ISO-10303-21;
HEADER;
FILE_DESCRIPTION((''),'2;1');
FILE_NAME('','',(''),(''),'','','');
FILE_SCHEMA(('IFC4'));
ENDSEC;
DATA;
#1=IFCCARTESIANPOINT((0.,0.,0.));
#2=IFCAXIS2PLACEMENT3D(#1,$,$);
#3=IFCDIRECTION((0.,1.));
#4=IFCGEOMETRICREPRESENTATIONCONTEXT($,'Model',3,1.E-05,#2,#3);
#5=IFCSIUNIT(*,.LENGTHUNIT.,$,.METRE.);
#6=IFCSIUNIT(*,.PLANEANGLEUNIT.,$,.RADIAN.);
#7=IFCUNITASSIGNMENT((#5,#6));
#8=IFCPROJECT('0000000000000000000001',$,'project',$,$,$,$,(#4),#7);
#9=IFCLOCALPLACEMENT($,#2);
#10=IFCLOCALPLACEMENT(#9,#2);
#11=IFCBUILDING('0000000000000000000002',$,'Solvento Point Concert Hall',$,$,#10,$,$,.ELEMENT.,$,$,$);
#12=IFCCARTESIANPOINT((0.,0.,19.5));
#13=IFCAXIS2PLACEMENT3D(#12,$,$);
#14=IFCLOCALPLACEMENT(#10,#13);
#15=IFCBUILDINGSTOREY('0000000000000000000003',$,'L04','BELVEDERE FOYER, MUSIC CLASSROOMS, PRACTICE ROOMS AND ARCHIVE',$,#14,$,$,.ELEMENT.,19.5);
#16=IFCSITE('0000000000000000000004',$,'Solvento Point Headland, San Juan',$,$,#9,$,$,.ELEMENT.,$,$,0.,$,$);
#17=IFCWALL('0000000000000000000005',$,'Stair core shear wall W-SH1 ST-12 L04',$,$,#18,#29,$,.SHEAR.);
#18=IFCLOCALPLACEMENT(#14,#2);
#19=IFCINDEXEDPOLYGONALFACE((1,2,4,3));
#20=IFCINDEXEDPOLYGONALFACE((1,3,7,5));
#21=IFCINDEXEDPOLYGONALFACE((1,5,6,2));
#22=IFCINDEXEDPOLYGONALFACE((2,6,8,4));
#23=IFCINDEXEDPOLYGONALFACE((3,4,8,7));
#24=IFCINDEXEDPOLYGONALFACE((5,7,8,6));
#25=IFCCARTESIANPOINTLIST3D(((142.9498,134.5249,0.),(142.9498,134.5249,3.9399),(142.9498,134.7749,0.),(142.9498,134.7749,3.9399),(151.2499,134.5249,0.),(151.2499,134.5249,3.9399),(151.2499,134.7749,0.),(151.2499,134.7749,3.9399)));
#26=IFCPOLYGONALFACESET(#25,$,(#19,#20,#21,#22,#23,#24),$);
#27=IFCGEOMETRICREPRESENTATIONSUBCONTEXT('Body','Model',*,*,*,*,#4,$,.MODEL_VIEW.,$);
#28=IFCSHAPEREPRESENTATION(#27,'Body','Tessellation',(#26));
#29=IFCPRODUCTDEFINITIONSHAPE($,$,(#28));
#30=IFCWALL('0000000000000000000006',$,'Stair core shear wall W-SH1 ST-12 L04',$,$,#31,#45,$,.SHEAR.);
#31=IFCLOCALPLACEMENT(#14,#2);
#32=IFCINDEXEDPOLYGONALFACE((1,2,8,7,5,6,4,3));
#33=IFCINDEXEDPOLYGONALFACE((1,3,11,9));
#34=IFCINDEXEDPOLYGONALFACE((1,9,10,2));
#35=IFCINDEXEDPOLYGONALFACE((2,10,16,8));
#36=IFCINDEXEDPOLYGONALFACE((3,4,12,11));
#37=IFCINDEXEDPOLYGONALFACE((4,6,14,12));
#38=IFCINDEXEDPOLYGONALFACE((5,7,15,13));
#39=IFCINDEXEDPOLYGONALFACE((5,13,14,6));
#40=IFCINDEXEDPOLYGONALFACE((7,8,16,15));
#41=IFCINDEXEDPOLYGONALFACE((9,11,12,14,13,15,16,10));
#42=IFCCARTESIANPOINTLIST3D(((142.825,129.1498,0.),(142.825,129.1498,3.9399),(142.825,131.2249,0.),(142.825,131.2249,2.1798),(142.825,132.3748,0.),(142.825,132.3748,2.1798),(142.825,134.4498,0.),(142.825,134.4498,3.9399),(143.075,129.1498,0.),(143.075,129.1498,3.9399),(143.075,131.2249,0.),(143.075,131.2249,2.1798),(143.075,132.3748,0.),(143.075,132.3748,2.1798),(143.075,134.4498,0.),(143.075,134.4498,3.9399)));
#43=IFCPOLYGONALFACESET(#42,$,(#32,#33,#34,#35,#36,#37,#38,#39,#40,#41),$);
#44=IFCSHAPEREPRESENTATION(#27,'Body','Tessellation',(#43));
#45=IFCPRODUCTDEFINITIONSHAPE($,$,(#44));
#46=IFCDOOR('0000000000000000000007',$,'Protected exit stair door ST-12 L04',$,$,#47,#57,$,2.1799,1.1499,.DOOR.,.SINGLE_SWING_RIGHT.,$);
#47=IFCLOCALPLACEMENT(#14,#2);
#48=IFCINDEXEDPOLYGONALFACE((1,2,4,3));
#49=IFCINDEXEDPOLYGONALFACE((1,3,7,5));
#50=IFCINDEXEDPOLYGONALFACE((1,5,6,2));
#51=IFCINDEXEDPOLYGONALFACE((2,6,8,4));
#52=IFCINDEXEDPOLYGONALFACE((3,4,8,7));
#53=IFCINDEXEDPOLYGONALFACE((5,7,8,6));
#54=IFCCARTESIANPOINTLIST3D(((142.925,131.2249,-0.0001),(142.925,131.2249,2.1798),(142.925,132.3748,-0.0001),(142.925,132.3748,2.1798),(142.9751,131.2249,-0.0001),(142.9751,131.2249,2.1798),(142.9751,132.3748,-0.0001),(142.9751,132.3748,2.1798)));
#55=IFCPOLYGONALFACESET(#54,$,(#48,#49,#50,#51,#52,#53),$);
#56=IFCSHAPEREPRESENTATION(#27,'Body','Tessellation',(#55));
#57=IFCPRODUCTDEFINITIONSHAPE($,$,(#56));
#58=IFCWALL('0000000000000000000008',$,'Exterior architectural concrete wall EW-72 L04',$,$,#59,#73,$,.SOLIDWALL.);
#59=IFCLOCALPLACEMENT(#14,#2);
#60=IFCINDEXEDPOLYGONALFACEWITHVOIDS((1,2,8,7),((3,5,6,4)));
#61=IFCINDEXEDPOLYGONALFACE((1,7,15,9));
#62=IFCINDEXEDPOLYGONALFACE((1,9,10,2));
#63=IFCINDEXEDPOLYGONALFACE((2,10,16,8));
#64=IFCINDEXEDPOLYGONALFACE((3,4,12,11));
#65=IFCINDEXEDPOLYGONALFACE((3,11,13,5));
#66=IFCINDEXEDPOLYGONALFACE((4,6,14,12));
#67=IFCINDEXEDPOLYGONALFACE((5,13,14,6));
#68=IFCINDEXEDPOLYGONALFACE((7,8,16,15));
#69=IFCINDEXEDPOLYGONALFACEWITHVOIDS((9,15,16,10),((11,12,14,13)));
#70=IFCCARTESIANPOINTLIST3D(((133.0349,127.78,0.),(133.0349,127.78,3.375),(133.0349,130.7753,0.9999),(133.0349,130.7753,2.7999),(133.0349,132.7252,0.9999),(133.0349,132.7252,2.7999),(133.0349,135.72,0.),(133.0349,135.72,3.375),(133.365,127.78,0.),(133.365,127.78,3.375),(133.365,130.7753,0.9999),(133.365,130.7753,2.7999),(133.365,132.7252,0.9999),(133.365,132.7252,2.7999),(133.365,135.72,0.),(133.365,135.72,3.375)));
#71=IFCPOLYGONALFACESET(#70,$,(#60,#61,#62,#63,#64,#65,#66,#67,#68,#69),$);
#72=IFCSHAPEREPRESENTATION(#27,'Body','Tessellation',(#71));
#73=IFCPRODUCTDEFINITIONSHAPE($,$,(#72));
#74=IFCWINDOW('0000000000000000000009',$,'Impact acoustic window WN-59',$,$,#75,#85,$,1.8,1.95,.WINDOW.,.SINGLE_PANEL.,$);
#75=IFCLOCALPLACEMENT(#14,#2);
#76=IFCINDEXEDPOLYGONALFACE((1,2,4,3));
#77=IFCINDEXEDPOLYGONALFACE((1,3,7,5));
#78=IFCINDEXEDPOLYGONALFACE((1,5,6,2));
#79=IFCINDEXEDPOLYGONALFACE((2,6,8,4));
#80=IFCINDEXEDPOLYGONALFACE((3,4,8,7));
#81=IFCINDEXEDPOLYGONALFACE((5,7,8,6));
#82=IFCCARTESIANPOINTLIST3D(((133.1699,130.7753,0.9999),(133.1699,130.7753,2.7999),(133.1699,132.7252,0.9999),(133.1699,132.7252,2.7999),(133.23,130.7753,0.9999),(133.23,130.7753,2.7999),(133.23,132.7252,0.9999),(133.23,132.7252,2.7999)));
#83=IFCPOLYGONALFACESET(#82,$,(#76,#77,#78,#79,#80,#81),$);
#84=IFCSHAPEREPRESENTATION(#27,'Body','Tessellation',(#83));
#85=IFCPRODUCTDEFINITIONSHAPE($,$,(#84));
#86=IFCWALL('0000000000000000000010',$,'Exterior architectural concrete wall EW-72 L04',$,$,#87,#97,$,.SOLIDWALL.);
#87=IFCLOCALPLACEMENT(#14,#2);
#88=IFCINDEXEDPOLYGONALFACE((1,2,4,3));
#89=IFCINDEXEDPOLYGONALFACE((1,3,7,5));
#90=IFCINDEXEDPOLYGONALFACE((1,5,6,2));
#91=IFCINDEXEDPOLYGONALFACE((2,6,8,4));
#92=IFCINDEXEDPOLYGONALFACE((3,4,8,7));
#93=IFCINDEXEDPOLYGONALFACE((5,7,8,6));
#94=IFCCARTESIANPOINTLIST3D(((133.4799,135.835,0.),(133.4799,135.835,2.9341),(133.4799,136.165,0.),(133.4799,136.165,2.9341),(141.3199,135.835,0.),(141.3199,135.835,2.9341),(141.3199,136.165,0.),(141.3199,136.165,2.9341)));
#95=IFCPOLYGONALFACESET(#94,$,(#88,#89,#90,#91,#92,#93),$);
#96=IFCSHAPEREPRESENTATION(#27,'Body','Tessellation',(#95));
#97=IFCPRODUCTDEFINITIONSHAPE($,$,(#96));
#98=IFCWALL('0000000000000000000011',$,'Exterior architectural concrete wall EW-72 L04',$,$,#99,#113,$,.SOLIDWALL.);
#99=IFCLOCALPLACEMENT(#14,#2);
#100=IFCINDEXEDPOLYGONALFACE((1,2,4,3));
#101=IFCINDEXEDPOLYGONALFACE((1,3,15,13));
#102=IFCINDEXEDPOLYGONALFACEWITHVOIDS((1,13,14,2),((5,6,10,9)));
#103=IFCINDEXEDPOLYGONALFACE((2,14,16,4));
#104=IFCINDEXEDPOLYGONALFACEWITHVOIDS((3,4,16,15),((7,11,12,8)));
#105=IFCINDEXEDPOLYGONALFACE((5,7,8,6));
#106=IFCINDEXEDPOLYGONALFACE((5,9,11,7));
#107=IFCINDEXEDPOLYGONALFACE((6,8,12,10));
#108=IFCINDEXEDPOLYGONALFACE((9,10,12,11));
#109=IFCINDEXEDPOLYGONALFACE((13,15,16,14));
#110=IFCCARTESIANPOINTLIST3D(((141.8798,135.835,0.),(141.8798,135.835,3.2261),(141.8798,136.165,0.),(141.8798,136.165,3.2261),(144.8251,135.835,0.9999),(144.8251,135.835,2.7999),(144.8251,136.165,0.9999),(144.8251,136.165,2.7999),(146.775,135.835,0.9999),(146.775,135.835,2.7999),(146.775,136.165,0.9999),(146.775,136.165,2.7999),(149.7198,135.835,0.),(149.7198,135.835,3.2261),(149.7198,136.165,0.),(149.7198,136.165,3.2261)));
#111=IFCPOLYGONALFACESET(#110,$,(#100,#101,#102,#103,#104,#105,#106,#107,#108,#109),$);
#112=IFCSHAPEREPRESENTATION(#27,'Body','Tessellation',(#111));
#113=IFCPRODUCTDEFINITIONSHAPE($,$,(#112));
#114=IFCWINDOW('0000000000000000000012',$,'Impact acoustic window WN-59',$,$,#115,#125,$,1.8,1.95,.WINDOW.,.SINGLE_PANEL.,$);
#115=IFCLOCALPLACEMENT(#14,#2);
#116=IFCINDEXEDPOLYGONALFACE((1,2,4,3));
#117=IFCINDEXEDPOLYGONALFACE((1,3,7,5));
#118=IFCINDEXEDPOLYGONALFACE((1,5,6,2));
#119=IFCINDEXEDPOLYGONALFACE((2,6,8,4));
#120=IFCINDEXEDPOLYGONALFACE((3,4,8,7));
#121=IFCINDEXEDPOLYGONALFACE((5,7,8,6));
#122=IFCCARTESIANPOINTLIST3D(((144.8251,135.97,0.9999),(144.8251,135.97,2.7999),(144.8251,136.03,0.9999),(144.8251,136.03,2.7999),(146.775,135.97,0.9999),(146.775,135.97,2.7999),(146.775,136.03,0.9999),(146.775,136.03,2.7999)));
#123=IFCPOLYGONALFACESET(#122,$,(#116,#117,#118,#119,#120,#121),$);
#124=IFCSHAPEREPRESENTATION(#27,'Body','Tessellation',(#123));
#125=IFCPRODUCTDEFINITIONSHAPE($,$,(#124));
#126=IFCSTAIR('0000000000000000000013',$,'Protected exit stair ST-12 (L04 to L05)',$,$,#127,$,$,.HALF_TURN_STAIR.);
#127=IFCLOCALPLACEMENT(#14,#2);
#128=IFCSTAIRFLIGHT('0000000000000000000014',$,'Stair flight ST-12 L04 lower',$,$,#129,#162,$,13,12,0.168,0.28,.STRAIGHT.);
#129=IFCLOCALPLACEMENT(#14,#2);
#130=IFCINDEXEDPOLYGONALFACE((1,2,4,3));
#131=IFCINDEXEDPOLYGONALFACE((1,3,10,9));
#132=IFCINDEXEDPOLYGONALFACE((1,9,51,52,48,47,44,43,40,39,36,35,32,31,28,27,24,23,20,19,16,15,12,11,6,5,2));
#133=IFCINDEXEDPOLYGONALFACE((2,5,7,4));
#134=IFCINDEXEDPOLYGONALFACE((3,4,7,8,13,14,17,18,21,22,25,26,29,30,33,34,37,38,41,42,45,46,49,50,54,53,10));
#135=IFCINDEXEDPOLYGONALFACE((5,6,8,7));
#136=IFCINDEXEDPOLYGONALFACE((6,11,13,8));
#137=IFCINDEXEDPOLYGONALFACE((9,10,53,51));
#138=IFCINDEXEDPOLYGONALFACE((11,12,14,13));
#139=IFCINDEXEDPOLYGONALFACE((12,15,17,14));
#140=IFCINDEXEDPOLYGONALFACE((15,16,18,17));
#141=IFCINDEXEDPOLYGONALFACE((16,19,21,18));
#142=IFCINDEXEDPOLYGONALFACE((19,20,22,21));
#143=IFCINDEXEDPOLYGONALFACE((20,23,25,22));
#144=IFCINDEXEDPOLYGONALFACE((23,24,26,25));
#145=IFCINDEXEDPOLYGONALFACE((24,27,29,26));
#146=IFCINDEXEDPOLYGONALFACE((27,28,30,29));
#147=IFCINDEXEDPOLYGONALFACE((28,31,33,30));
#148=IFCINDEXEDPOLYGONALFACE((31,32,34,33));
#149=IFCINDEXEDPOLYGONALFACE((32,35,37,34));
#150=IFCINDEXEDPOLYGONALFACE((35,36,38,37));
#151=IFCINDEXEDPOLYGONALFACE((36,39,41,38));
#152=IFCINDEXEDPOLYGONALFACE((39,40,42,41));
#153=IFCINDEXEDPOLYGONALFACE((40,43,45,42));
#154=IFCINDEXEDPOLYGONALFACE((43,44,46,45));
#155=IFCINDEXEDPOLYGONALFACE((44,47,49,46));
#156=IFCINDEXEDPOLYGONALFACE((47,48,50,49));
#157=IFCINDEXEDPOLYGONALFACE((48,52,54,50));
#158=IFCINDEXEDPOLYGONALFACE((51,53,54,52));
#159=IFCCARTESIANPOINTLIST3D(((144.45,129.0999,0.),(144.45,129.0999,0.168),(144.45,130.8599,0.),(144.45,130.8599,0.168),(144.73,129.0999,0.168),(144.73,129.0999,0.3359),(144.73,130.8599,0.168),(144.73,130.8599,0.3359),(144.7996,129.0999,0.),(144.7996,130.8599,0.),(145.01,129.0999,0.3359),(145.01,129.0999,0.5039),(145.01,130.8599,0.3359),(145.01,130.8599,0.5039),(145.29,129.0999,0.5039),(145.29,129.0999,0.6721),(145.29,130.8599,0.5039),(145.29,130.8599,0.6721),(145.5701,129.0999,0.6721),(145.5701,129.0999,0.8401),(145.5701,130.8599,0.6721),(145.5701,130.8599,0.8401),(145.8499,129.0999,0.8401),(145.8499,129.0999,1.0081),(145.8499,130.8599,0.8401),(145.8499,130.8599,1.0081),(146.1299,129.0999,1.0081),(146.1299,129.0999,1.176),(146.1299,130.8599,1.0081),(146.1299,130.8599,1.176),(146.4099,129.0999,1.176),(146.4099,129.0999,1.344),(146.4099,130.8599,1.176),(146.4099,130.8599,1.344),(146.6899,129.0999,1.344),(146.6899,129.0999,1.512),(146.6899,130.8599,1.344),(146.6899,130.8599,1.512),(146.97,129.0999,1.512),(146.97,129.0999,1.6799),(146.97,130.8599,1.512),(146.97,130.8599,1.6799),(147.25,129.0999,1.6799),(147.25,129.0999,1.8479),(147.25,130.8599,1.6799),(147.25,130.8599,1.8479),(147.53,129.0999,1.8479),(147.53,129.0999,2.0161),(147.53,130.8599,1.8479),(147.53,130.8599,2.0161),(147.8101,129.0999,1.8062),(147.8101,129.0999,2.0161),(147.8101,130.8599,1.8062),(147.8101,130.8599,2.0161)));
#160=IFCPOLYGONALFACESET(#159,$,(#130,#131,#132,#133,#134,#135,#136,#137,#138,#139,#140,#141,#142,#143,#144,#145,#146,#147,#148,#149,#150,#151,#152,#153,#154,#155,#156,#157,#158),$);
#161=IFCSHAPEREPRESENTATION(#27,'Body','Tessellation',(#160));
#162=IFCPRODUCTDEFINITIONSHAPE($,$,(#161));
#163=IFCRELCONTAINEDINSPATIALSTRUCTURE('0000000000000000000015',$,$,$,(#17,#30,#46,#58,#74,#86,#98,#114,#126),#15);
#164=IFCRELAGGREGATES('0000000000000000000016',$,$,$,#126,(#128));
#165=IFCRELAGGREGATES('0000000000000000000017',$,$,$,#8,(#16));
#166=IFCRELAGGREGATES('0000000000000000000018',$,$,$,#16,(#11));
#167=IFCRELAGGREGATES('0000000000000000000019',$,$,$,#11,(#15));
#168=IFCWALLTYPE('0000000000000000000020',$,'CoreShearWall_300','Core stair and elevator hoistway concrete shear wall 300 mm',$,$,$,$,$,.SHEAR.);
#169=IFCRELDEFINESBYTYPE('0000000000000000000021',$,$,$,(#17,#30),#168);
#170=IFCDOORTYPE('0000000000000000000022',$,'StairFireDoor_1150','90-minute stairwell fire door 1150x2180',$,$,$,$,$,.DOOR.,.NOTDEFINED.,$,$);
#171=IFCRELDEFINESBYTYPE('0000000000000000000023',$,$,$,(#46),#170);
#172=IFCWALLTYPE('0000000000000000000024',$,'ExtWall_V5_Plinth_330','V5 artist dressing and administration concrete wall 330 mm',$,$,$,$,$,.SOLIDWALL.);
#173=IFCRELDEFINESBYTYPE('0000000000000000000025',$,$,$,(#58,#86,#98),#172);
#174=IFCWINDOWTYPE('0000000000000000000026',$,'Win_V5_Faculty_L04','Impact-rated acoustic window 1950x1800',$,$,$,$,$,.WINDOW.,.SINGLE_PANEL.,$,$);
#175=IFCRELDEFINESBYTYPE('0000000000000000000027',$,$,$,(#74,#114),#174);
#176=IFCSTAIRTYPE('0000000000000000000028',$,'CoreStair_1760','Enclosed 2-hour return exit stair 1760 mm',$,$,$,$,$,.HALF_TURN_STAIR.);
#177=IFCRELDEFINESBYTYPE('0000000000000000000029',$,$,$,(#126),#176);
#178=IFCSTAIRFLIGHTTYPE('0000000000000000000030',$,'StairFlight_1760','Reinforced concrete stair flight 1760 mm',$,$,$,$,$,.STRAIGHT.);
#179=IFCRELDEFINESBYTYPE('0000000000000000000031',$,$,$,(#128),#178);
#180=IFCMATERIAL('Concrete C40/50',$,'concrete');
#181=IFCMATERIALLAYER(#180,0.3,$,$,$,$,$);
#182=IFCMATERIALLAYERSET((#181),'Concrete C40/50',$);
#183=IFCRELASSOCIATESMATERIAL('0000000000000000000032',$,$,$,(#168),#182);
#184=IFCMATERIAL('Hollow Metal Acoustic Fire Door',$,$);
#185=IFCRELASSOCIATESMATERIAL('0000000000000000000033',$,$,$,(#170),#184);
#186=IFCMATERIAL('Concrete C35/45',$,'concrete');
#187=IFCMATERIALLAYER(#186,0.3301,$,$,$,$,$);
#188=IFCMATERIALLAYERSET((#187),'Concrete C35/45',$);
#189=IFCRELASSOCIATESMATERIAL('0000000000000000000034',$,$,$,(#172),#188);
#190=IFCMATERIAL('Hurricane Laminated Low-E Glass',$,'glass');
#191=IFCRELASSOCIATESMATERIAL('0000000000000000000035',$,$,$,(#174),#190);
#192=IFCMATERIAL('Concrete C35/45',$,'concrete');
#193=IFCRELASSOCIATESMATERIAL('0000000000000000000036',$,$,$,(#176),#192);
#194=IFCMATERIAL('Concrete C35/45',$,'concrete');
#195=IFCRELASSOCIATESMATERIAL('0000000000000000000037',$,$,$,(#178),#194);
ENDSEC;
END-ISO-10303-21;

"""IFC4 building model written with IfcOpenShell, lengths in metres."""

from ifc_helpers import new_model, si_unit, direction, frame, frame_2d, origin, place, context, subcontext, project, spatial, polyline, rectangle, outline, extrude, material, layer, layer_set, type_object, element, fill, aggregate, save


model = new_model("IFC4")

# Units and contexts
model_context = context("Model", 3, precision=1e-05, world=origin(), true_north=direction((0.0, 1.0)))
body_context = subcontext(model_context, "Body", "Model", "MODEL_VIEW")
ifc_project = project(units=[si_unit("LENGTHUNIT", "METRE"), si_unit("PLANEANGLEUNIT", "RADIAN")], contexts=[model_context])

# Site, building, storey
site_placement = place(None, origin())
site = spatial("IfcSite", under=ifc_project, at=site_placement, Name="Solvento Point Headland, San Juan", CompositionType="ELEMENT", RefElevation=0.0)
building_placement = place(site_placement, origin())
building = spatial("IfcBuilding", under=site, at=building_placement, Name="Solvento Point Concert Hall", CompositionType="ELEMENT")
storey_placement = place(building_placement, frame((0.0, 0.0, 19.5)))
storey = spatial("IfcBuildingStorey", under=building, at=storey_placement, Name="L04", Description="BELVEDERE FOYER, MUSIC CLASSROOMS, PRACTICE ROOMS AND ARCHIVE", CompositionType="ELEMENT", Elevation=19.5)

# Wall
ifc_material_1 = material(Name="Concrete C40/50", Category="concrete")
ifc_layer_1 = layer(ifc_material_1, 0.3)
ifc_layer_set_1 = layer_set([ifc_layer_1], Name="Concrete C40/50")
wall_type_1 = type_object("IfcWallType", Name="CoreShearWall_300", Description="Core stair and elevator hoistway concrete shear wall 300 mm", PredefinedType="SHEAR", material=ifc_layer_set_1)
wall_1_placement = place(storey_placement, frame((142.95, 134.6499, 0.0), z_axis=(0.0, 0.0, 1.0), x_axis=(1.0, 0.0, 0.0)))
element("IfcWall", 1, at=wall_1_placement, inside=storey, type_object=wall_type_1, Name="Stair core shear wall W-SH1 ST-12 L04", PredefinedType="SHEAR", context=body_context, shape_type="SweptSolid", body=[
    extrude(rectangle(XDim=8.3, YDim=0.25, at=frame_2d((4.1499, 0.0))), origin(), (0.0, 0.0, 1.0), 3.9399),
])

# Wall, opening, door
wall_2_placement = place(storey_placement, frame((142.95, 129.1499, 0.0), z_axis=(0.0, 0.0, 1.0), x_axis=(0.0, 1.0, 0.0)))
wall_2 = element("IfcWall", 2, at=wall_2_placement, inside=storey, type_object=wall_type_1, Name="Stair core shear wall W-SH1 ST-12 L04", PredefinedType="SHEAR", context=body_context, shape_type="SweptSolid", body=[
    extrude(rectangle(XDim=5.3, YDim=0.25, at=frame_2d((2.6499, 0.0))), origin(), (0.0, 0.0, 1.0), 3.9399),
])
opening_1_placement = place(wall_2_placement, frame((2.075, 0.0, 0.0)))
opening_1 = element("IfcOpeningElement", 3, at=opening_1_placement, cuts=wall_2, PredefinedType="OPENING", context=body_context, shape_type="SweptSolid", body=[
    extrude(rectangle(XDim=1.1499, YDim=2.1799, at=frame_2d((0.575, 1.0898))), frame((0.0, 0.135, 0.0), z_axis=(0.0, -1.0, 0.0), x_axis=(1.0, 0.0, 0.0)), (0.0, 0.0, 1.0), 0.27),
])
ifc_material_2 = material(Name="Hollow Metal Acoustic Fire Door")
door_type_1 = type_object("IfcDoorType", Name="StairFireDoor_1150", Description="90-minute stairwell fire door 1150x2180", OperationType="NOTDEFINED", PredefinedType="DOOR", material=ifc_material_2)
door_1_placement = place(opening_1_placement, origin())
door_1 = element("IfcDoor", 4, at=door_1_placement, inside=storey, type_object=door_type_1, Name="Protected exit stair door ST-12 L04", OperationType="SINGLE_SWING_RIGHT", OverallHeight=2.1799, OverallWidth=1.1499, PredefinedType="DOOR", context=body_context, shape_type="SweptSolid", body=[
    extrude(rectangle(XDim=1.1499, YDim=2.1799, at=frame_2d((0.575, 1.0898))), frame((0.0, 0.0249, 0.0), z_axis=(0.0, -1.0, 0.0), x_axis=(1.0, 0.0, 0.0)), (0.0, 0.0, 1.0), 0.05),
])
fill(opening_1, door_1)

# Wall, opening, window
ifc_material_3 = material(Name="Concrete C35/45", Category="concrete")
ifc_layer_2 = layer(ifc_material_3, 0.3301)
ifc_layer_set_2 = layer_set([ifc_layer_2], Name="Concrete C35/45")
wall_type_2 = type_object("IfcWallType", Name="ExtWall_V5_Plinth_330", Description="V5 artist dressing and administration concrete wall 330 mm", PredefinedType="SOLIDWALL", material=ifc_layer_set_2)
wall_3_placement = place(storey_placement, frame((133.2, 127.78, 0.0), z_axis=(0.0, 0.0, 1.0), x_axis=(0.0, 1.0, 0.0)))
wall_3 = element("IfcWall", 5, at=wall_3_placement, inside=storey, type_object=wall_type_2, Name="Exterior architectural concrete wall EW-72 L04", PredefinedType="SOLIDWALL", context=body_context, shape_type="SweptSolid", body=[
    extrude(rectangle(XDim=7.9399, YDim=0.3301, at=frame_2d((3.97, 0.0))), origin(), (0.0, 0.0, 1.0), 3.375),
])
opening_2_placement = place(wall_3_placement, frame((2.9951, 0.0, 1.0)))
opening_2 = element("IfcOpeningElement", 6, at=opening_2_placement, cuts=wall_3, PredefinedType="OPENING", context=body_context, shape_type="SweptSolid", body=[
    extrude(rectangle(XDim=1.95, YDim=1.8, at=frame_2d((0.9751, 0.8999))), frame((0.0, 0.175, 0.0), z_axis=(0.0, -1.0, 0.0), x_axis=(1.0, 0.0, 0.0)), (0.0, 0.0, 1.0), 0.3501),
])
ifc_material_4 = material(Name="Hurricane Laminated Low-E Glass", Category="glass")
window_type = type_object("IfcWindowType", Name="Win_V5_Faculty_L04", Description="Impact-rated acoustic window 1950x1800", PartitioningType="SINGLE_PANEL", PredefinedType="WINDOW", material=ifc_material_4)
window_1_placement = place(opening_2_placement, origin())
window_1 = element("IfcWindow", 7, at=window_1_placement, inside=storey, type_object=window_type, Name="Impact acoustic window WN-59", OverallHeight=1.8, OverallWidth=1.95, PartitioningType="SINGLE_PANEL", PredefinedType="WINDOW", context=body_context, shape_type="SweptSolid", body=[
    extrude(rectangle(XDim=1.95, YDim=1.8, at=frame_2d((0.9751, 0.8999))), frame((0.0, 0.03, 0.0), z_axis=(0.0, -1.0, 0.0), x_axis=(1.0, 0.0, 0.0)), (0.0, 0.0, 1.0), 0.0601),
])
fill(opening_2, window_1)

# Wall
wall_4_placement = place(storey_placement, frame((133.48, 136.0, 0.0), z_axis=(0.0, 0.0, 1.0), x_axis=(1.0, 0.0, 0.0)))
element("IfcWall", 8, at=wall_4_placement, inside=storey, type_object=wall_type_2, Name="Exterior architectural concrete wall EW-72 L04", PredefinedType="SOLIDWALL", context=body_context, shape_type="SweptSolid", body=[
    extrude(rectangle(XDim=7.8401, YDim=0.3301, at=frame_2d((3.9199, 0.0))), origin(), (0.0, 0.0, 1.0), 2.9341),
])

# Wall, opening, window
wall_5_placement = place(storey_placement, frame((141.8799, 136.0, 0.0), z_axis=(0.0, 0.0, 1.0), x_axis=(1.0, 0.0, 0.0)))
wall_5 = element("IfcWall", 9, at=wall_5_placement, inside=storey, type_object=wall_type_2, Name="Exterior architectural concrete wall EW-72 L04", PredefinedType="SOLIDWALL", context=body_context, shape_type="SweptSolid", body=[
    extrude(rectangle(XDim=7.8401, YDim=0.3301, at=frame_2d((3.9199, 0.0))), origin(), (0.0, 0.0, 1.0), 3.2261),
])
opening_3_placement = place(wall_5_placement, frame((2.9451, 0.0, 1.0)))
opening_3 = element("IfcOpeningElement", 10, at=opening_3_placement, cuts=wall_5, PredefinedType="OPENING", context=body_context, shape_type="SweptSolid", body=[
    extrude(rectangle(XDim=1.95, YDim=1.8, at=frame_2d((0.9751, 0.8999))), frame((0.0, 0.175, 0.0), z_axis=(0.0, -1.0, 0.0), x_axis=(1.0, 0.0, 0.0)), (0.0, 0.0, 1.0), 0.3501),
])
window_2_placement = place(opening_3_placement, origin())
window_2 = element("IfcWindow", 11, at=window_2_placement, inside=storey, type_object=window_type, Name="Impact acoustic window WN-59", OverallHeight=1.8, OverallWidth=1.95, PartitioningType="SINGLE_PANEL", PredefinedType="WINDOW", context=body_context, shape_type="SweptSolid", body=[
    extrude(rectangle(XDim=1.95, YDim=1.8, at=frame_2d((0.9751, 0.8999))), frame((0.0, 0.03, 0.0), z_axis=(0.0, -1.0, 0.0), x_axis=(1.0, 0.0, 0.0)), (0.0, 0.0, 1.0), 0.0601),
])
fill(opening_3, window_2)

# Stair, stair flight
ifc_material_5 = material(Name="Concrete C35/45", Category="concrete")
stair_type = type_object("IfcStairType", Name="CoreStair_1760", Description="Enclosed 2-hour return exit stair 1760 mm", PredefinedType="HALF_TURN_STAIR", material=ifc_material_5)
stair_placement = place(storey_placement, origin())
stair = element("IfcStair", 12, at=stair_placement, inside=storey, type_object=stair_type, Name="Protected exit stair ST-12 (L04 to L05)", PredefinedType="HALF_TURN_STAIR")
ifc_material_6 = material(Name="Concrete C35/45", Category="concrete")
stair_flight_type = type_object("IfcStairFlightType", Name="StairFlight_1760", Description="Reinforced concrete stair flight 1760 mm", PredefinedType="STRAIGHT", material=ifc_material_6)
stair_flight_placement = place(storey_placement, frame((144.45, 129.98, 0.0), z_axis=(0.0, 0.0, 1.0), x_axis=(1.0, 0.0, 0.0)))
stair_flight = element("IfcStairFlight", 13, at=stair_flight_placement, type_object=stair_flight_type, Name="Stair flight ST-12 L04 lower", NumberOfRisers=13, NumberOfTreads=12, PredefinedType="STRAIGHT", RiserHeight=0.168, TreadLength=0.28, context=body_context, shape_type="SweptSolid", body=[
    extrude(outline(polyline([(0.0, 0.0), (0.0, 0.168), (0.28, 0.168), (0.28, 0.3359), (0.5601, 0.3359), (0.5601, 0.5039), (0.8401, 0.5039), (0.8401, 0.6721), (1.1201, 0.6721), (1.1201, 0.8401), (1.3999, 0.8401), (1.3999, 1.0081), (1.6799, 1.0081), (1.6799, 1.176), (1.96, 1.176), (1.96, 1.344), (2.24, 1.344), (2.24, 1.512), (2.52, 1.512), (2.52, 1.6799), (2.8, 1.6799), (2.8, 1.8479), (3.0801, 1.8479), (3.0801, 2.0161), (3.3601, 2.0161), (3.3601, 2.1841), (3.3601, 1.8062), (0.3496, 0.0), (0.0, 0.0)])), frame((0.0, 0.8799, 0.0), z_axis=(0.0, -1.0, 0.0), x_axis=(1.0, 0.0, 0.0)), (0.0, 0.0, 1.0), 1.76),
])
aggregate(stair, [stair_flight])

save(model, "model.ifc")
